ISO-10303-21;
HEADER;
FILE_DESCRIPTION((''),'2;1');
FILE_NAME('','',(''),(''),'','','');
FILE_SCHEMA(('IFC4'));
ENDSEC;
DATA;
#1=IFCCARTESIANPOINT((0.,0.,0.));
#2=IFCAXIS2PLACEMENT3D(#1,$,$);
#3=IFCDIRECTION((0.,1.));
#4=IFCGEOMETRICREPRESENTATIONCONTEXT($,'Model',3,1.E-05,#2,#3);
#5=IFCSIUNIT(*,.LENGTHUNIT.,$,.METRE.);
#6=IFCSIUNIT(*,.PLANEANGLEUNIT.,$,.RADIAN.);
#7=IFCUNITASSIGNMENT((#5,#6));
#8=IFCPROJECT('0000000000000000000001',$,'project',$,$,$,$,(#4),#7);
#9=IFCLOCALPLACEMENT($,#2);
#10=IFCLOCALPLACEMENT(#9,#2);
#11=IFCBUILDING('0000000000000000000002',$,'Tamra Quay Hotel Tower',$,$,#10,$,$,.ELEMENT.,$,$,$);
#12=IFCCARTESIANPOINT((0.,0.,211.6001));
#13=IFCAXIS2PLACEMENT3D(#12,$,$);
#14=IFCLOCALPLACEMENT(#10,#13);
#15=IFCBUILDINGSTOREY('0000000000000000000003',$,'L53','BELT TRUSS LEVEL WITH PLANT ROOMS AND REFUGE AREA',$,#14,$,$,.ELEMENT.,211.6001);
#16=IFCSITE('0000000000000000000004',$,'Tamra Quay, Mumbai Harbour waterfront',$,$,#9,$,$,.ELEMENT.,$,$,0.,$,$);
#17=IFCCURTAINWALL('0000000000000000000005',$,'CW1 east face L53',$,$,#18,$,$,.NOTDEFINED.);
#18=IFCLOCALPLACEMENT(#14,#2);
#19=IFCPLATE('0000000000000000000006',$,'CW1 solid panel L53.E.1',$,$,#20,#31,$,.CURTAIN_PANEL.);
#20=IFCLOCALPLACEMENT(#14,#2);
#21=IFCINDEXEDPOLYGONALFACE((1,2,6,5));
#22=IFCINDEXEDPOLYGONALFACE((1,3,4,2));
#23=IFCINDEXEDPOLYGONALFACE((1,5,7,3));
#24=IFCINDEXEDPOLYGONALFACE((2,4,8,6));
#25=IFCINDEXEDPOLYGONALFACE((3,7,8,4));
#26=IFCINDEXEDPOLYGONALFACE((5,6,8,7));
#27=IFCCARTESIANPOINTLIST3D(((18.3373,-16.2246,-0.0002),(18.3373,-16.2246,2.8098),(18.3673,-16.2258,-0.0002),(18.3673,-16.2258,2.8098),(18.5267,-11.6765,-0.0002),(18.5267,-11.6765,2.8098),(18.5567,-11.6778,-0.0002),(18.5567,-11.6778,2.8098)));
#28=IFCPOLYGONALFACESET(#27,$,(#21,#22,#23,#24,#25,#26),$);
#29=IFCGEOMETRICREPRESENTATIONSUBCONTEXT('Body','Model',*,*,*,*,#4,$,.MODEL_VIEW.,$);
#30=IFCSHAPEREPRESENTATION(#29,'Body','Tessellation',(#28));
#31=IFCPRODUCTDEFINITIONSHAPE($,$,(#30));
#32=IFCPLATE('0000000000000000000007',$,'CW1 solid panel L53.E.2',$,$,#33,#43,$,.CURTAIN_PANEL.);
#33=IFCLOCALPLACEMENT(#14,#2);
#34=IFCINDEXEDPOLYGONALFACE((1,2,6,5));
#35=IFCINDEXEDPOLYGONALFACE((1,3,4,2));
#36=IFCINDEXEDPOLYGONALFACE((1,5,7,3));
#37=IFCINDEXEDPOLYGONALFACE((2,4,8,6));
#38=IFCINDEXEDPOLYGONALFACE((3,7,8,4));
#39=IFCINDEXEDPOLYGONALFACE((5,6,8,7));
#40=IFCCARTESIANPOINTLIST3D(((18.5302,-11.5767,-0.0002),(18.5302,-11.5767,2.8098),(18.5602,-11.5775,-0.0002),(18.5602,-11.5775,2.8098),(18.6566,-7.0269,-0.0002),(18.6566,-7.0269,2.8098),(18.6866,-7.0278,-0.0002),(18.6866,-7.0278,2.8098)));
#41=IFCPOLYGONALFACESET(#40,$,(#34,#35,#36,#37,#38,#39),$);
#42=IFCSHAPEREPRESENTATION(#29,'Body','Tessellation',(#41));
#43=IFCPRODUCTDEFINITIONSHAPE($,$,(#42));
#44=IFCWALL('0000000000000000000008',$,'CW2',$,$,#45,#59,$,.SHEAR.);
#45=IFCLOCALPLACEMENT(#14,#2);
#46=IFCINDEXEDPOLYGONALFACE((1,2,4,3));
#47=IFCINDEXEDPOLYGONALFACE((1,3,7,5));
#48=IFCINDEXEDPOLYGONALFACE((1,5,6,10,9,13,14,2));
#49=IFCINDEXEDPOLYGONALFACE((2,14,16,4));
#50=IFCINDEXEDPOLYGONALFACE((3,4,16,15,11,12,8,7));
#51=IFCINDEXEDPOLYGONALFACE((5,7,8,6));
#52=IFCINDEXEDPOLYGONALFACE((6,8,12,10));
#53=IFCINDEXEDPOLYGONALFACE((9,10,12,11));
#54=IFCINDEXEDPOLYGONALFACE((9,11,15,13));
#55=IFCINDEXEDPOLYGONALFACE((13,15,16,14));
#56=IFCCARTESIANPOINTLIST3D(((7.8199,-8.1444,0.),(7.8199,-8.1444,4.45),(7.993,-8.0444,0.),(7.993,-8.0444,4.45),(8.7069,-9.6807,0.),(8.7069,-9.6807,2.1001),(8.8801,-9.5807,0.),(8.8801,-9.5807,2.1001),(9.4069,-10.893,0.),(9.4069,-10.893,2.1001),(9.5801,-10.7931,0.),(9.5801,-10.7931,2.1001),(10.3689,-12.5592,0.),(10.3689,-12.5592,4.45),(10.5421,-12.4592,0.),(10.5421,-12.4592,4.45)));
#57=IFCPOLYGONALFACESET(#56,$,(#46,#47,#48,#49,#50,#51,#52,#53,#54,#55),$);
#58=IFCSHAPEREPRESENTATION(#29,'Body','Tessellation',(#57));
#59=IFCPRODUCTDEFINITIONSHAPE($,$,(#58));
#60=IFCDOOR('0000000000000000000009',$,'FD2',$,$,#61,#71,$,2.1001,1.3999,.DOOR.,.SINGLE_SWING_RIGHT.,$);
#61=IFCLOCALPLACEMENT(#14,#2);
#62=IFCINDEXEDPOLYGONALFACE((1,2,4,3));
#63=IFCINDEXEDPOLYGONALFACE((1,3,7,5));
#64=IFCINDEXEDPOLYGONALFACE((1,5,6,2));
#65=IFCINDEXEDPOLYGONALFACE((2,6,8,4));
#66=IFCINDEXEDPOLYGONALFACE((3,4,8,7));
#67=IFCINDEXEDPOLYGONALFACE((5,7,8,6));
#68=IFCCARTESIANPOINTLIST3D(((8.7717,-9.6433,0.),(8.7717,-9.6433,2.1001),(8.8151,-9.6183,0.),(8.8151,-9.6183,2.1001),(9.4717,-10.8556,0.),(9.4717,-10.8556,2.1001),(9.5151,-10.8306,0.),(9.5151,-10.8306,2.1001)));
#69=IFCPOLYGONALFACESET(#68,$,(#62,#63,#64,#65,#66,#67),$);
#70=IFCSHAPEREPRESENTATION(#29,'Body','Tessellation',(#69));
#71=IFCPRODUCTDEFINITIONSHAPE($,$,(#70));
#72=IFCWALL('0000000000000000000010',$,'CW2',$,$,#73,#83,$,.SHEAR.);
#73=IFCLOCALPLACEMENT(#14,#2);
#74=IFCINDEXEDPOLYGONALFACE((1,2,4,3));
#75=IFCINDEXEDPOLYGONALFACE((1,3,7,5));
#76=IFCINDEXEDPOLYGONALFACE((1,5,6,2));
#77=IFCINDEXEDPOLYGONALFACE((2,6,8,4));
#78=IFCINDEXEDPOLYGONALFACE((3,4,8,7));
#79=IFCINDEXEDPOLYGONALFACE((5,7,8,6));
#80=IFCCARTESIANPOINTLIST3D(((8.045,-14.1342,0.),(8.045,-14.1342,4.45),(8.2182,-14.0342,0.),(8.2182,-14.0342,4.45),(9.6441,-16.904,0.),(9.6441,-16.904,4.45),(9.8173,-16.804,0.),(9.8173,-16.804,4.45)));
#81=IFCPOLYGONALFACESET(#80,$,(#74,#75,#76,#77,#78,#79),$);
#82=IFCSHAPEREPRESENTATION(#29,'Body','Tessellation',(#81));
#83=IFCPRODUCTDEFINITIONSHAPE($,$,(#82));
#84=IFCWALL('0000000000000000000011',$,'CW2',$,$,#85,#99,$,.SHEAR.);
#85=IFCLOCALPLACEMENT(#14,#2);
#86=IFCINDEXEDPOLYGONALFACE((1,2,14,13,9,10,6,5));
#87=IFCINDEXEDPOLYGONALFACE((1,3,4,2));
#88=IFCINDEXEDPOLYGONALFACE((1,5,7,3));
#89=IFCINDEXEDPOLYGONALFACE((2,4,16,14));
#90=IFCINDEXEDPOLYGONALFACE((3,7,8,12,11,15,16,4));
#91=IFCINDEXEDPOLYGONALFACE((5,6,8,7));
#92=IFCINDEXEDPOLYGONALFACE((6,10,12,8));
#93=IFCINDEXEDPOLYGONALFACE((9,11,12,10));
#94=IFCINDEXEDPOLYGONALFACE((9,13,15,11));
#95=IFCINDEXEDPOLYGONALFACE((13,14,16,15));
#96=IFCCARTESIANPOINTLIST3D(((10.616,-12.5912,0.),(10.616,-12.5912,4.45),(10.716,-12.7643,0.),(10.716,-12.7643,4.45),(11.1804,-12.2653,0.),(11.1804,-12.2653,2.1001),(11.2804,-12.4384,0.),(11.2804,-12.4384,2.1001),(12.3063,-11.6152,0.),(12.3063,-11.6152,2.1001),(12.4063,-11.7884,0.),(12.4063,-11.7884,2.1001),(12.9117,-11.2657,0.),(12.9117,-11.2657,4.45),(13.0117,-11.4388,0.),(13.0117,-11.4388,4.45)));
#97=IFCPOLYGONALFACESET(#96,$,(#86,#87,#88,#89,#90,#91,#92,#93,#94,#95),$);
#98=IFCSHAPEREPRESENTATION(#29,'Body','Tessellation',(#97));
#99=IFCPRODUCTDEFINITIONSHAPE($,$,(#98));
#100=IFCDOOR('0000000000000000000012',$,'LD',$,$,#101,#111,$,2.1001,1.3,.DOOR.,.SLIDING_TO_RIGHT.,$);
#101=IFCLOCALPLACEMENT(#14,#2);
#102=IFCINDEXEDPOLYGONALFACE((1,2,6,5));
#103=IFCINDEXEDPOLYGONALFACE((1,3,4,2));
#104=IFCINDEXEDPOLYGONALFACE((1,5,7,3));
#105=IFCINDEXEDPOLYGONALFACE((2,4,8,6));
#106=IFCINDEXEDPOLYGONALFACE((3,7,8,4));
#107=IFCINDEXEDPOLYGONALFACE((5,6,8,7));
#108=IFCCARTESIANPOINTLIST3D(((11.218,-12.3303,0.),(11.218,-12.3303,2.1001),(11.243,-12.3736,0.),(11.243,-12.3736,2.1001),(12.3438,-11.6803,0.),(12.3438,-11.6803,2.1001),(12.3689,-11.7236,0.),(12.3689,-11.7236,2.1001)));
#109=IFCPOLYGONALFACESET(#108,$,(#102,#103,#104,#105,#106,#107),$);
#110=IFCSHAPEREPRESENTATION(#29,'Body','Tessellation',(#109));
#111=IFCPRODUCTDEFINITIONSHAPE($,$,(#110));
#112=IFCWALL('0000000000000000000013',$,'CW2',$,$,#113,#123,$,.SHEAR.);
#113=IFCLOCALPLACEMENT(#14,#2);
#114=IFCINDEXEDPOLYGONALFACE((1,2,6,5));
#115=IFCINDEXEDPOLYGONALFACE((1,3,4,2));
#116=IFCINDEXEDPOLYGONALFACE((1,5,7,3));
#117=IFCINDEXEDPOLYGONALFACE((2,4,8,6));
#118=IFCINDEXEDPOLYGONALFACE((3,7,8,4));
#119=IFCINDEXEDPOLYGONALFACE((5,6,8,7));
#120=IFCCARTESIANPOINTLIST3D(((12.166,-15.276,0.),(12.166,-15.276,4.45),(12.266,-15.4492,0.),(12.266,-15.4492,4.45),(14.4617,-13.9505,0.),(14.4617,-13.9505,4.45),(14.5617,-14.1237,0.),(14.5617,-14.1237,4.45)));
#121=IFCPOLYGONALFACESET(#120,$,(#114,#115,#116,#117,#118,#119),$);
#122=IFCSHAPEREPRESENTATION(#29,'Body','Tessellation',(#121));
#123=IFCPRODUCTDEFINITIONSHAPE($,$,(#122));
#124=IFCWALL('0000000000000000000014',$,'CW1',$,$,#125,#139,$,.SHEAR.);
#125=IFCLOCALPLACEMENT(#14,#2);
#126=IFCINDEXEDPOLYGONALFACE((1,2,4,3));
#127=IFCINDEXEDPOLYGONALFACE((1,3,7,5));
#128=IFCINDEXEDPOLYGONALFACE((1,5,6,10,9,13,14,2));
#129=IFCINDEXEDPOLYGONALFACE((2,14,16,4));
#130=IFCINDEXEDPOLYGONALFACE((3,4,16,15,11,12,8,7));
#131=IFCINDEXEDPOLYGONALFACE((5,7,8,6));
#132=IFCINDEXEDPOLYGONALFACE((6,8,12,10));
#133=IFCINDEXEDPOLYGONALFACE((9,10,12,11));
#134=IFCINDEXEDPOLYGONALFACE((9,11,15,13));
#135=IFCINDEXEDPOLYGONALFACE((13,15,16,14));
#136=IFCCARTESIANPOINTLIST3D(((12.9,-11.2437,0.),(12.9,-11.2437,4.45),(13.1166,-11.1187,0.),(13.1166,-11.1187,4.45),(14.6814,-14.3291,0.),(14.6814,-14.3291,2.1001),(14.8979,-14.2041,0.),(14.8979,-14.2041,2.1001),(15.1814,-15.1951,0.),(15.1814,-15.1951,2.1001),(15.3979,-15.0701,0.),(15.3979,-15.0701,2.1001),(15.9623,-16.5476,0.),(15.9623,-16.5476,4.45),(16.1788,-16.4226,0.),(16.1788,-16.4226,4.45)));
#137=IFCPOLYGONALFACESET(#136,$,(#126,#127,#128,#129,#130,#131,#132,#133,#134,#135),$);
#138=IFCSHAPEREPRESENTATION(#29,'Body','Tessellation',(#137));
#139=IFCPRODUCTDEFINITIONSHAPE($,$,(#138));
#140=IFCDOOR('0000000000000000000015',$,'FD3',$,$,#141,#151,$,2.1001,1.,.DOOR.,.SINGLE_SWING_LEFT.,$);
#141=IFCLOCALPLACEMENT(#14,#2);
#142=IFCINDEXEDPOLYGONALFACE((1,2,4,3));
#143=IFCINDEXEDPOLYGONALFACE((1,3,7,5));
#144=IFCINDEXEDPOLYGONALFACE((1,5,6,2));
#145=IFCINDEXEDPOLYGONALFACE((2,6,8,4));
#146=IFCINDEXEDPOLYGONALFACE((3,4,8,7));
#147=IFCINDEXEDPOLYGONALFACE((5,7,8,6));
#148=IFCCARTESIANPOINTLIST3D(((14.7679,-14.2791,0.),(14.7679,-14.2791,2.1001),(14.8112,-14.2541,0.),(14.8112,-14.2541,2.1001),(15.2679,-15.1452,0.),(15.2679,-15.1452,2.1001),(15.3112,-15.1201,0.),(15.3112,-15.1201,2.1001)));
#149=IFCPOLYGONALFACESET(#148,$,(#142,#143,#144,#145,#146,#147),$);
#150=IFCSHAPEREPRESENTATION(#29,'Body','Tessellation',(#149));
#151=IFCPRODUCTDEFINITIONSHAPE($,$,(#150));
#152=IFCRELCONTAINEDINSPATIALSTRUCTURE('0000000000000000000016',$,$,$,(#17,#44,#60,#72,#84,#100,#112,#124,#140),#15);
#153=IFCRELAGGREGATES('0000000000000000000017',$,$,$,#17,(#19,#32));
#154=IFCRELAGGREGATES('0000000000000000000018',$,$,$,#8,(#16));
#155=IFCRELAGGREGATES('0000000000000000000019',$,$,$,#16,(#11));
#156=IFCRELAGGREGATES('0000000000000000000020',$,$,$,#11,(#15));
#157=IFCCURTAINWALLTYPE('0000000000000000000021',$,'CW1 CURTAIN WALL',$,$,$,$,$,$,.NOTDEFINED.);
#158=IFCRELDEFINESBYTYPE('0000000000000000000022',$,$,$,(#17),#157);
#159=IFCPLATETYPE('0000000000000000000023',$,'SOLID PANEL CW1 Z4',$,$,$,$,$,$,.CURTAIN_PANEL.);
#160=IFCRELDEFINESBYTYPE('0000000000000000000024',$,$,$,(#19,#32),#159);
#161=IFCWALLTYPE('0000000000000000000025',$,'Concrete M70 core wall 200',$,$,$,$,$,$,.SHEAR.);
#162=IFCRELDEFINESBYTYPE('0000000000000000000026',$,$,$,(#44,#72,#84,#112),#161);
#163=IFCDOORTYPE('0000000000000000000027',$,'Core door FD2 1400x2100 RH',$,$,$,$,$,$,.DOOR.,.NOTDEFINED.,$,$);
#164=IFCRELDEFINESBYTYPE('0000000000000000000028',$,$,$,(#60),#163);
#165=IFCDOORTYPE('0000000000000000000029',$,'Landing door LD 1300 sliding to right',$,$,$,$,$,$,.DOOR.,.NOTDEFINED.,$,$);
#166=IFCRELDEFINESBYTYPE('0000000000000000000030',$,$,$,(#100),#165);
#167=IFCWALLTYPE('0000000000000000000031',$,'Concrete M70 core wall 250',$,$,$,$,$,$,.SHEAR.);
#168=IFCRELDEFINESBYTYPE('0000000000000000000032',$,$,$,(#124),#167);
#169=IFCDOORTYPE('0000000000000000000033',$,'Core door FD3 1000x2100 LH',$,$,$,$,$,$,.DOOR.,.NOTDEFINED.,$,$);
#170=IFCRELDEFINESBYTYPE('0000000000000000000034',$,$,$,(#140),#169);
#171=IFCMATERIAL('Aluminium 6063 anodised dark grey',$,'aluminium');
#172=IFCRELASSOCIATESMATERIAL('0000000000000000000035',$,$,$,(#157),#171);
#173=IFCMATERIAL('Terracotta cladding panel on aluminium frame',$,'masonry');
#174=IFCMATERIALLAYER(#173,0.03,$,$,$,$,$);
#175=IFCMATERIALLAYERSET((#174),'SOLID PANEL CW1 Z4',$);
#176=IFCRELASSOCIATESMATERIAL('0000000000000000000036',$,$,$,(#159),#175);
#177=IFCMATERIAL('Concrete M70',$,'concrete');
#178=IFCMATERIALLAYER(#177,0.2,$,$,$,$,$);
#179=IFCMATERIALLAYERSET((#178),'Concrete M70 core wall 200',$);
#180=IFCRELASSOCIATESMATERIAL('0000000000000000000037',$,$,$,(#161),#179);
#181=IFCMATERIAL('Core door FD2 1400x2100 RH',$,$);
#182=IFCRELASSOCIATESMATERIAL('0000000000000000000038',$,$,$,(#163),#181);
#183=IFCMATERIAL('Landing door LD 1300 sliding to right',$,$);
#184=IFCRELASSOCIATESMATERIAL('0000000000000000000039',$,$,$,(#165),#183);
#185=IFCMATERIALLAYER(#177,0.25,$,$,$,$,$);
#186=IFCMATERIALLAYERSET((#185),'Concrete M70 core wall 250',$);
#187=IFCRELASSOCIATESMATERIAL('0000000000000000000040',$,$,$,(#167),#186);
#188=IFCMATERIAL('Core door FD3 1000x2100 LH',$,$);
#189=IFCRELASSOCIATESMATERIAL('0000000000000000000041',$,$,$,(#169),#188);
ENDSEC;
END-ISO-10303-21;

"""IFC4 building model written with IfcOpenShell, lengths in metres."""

from ifc_helpers import new_model, si_unit, direction, frame, frame_2d, origin, origin_2d, place, context, subcontext, project, spatial, rectangle, extrude, material, layer, layer_set, type_object, element, fill, aggregate, save


model = new_model("IFC4")

# Units and contexts
model_context = context("Model", 3, precision=1e-05, world=origin(), true_north=direction((0.0, 1.0)))
body_context = subcontext(model_context, "Body", "Model", "MODEL_VIEW")
ifc_project = project(units=[si_unit("LENGTHUNIT", "METRE"), si_unit("PLANEANGLEUNIT", "RADIAN")], contexts=[model_context])

# Site, building, storey
site_placement = place(None, origin())
site = spatial("IfcSite", under=ifc_project, at=site_placement, Name="Tamra Quay, Mumbai Harbour waterfront", CompositionType="ELEMENT", RefElevation=0.0)
building_placement = place(site_placement, origin())
building = spatial("IfcBuilding", under=site, at=building_placement, Name="Tamra Quay Hotel Tower", CompositionType="ELEMENT")
storey_placement = place(building_placement, frame((0.0, 0.0, 211.6001)))
storey = spatial("IfcBuildingStorey", under=building, at=storey_placement, Name="L53", Description="BELT TRUSS LEVEL WITH PLANT ROOMS AND REFUGE AREA", CompositionType="ELEMENT", Elevation=211.6001)

# Curtain wall
ifc_material_1 = material(Name="Aluminium 6063 anodised dark grey", Category="aluminium")
curtain_wall_type = type_object("IfcCurtainWallType", Name="CW1 CURTAIN WALL", PredefinedType="NOTDEFINED", material=ifc_material_1)
curtain_wall_placement = place(storey_placement, origin())
curtain_wall = element("IfcCurtainWall", 1, at=curtain_wall_placement, inside=storey, type_object=curtain_wall_type, Name="CW1 east face L53", PredefinedType="NOTDEFINED")

# Plates
ifc_material_2 = material(Name="Terracotta cladding panel on aluminium frame", Category="masonry")
ifc_layer_1 = layer(ifc_material_2, 0.03)
ifc_layer_set_1 = layer_set([ifc_layer_1], Name="SOLID PANEL CW1 Z4")
plate_type_1 = type_object("IfcPlateType", Name="SOLID PANEL CW1 Z4", PredefinedType="CURTAIN_PANEL", material=ifc_layer_set_1)
plate_1_placement = place(storey_placement, frame((18.447, -13.9512, -0.0002), z_axis=(0.0, 0.0, 1.0), x_axis=(0.0416, 0.999134, 0.0)))
plate_1 = element("IfcPlate", 2, at=plate_1_placement, type_object=plate_type_1, Name="CW1 solid panel L53.E.1", PredefinedType="CURTAIN_PANEL", context=body_context, shape_type="SweptSolid", body=[
    extrude(rectangle(XDim=4.552, YDim=0.03, at=origin_2d()), origin(), (0.0, 0.0, 1.0), 2.8101),
])
plate_2_placement = place(storey_placement, frame((18.6084, -9.3022, -0.0002), z_axis=(0.0, 0.0, 1.0), x_axis=(0.027754, 0.999615, 0.0)))
plate_2 = element("IfcPlate", 3, at=plate_2_placement, type_object=plate_type_1, Name="CW1 solid panel L53.E.2", PredefinedType="CURTAIN_PANEL", context=body_context, shape_type="SweptSolid", body=[
    extrude(rectangle(XDim=4.5515, YDim=0.03, at=origin_2d()), origin(), (0.0, 0.0, 1.0), 2.8101),
])
aggregate(curtain_wall, [plate_1, plate_2])

# Wall, opening, door
ifc_material_3 = material(Name="Concrete M70", Category="concrete")
ifc_layer_2 = layer(ifc_material_3, 0.2)
ifc_layer_set_2 = layer_set([ifc_layer_2], Name="Concrete M70 core wall 200")
wall_type_1 = type_object("IfcWallType", Name="Concrete M70 core wall 200", PredefinedType="SHEAR", material=ifc_layer_set_2)
wall_1_placement = place(storey_placement, frame((7.9065, -8.0945, 0.0), z_axis=(0.0, 0.0, 1.0), x_axis=(0.500028, -0.866009, 0.0)))
wall_1 = element("IfcWall", 4, at=wall_1_placement, inside=storey, type_object=wall_type_1, Name="CW2", PredefinedType="SHEAR", context=body_context, shape_type="SweptSolid", body=[
    extrude(rectangle(XDim=5.0979, YDim=0.2, at=frame_2d((2.5488, 0.0))), origin(), (0.0, 0.0, 1.0), 4.45),
])
opening_1_placement = place(wall_1_placement, frame((1.7739, 0.0, 0.0)))
opening_1 = element("IfcOpeningElement", 5, at=opening_1_placement, cuts=wall_1, PredefinedType="OPENING", context=body_context, shape_type="SweptSolid", body=[
    extrude(rectangle(XDim=1.3999, YDim=2.1001, at=frame_2d((0.7, 1.05))), frame((0.0, 0.1099, 0.0), z_axis=(0.0, -1.0, 0.0), x_axis=(1.0, 0.0, 0.0)), (0.0, 0.0, 1.0), 0.22),
])
ifc_material_4 = material(Name="Core door FD2 1400x2100 RH")
door_type_1 = type_object("IfcDoorType", Name="Core door FD2 1400x2100 RH", OperationType="NOTDEFINED", PredefinedType="DOOR", material=ifc_material_4)
door_1_placement = place(opening_1_placement, origin())
door_1 = element("IfcDoor", 6, at=door_1_placement, inside=storey, type_object=door_type_1, Name="FD2", OperationType="SINGLE_SWING_RIGHT", OverallHeight=2.1001, OverallWidth=1.3999, PredefinedType="DOOR", context=body_context, shape_type="SweptSolid", body=[
    extrude(rectangle(XDim=1.3999, YDim=2.1001, at=frame_2d((0.7, 1.05))), frame((0.0, 0.0249, 0.0), z_axis=(0.0, -1.0, 0.0), x_axis=(1.0, 0.0, 0.0)), (0.0, 0.0, 1.0), 0.05),
])
fill(opening_1, door_1)

# Wall
wall_2_placement = place(storey_placement, frame((8.1316, -14.0842, 0.0), z_axis=(0.0, 0.0, 1.0), x_axis=(0.499998, -0.866027, 0.0)))
element("IfcWall", 7, at=wall_2_placement, inside=storey, type_object=wall_type_1, Name="CW2", PredefinedType="SHEAR", context=body_context, shape_type="SweptSolid", body=[
    extrude(rectangle(XDim=3.1982, YDim=0.2, at=frame_2d((1.5991, 0.0))), origin(), (0.0, 0.0, 1.0), 4.45),
])

# Wall, opening, door
wall_3_placement = place(storey_placement, frame((10.666, -12.6777, 0.0), z_axis=(0.0, 0.0, 1.0), x_axis=(0.866018, 0.500012, 0.0)))
wall_3 = element("IfcWall", 8, at=wall_3_placement, inside=storey, type_object=wall_type_1, Name="CW2", PredefinedType="SHEAR", context=body_context, shape_type="SweptSolid", body=[
    extrude(rectangle(XDim=2.6509, YDim=0.2, at=frame_2d((1.3254, 0.0))), origin(), (0.0, 0.0, 1.0), 4.45),
])
opening_2_placement = place(wall_3_placement, frame((0.6519, 0.0, 0.0)))
opening_2 = element("IfcOpeningElement", 9, at=opening_2_placement, cuts=wall_3, PredefinedType="OPENING", context=body_context, shape_type="SweptSolid", body=[
    extrude(rectangle(XDim=1.3, YDim=2.1001, at=frame_2d((0.6499, 1.05))), frame((0.0, 0.1099, 0.0), z_axis=(0.0, -1.0, 0.0), x_axis=(1.0, 0.0, 0.0)), (0.0, 0.0, 1.0), 0.22),
])
ifc_material_5 = material(Name="Landing door LD 1300 sliding to right")
door_type_2 = type_object("IfcDoorType", Name="Landing door LD 1300 sliding to right", OperationType="NOTDEFINED", PredefinedType="DOOR", material=ifc_material_5)
door_2_placement = place(opening_2_placement, origin())
door_2 = element("IfcDoor", 10, at=door_2_placement, inside=storey, type_object=door_type_2, Name="LD", OperationType="SLIDING_TO_RIGHT", OverallHeight=2.1001, OverallWidth=1.3, PredefinedType="DOOR", context=body_context, shape_type="SweptSolid", body=[
    extrude(rectangle(XDim=1.3, YDim=2.1001, at=frame_2d((0.6499, 1.05))), frame((0.0, 0.0249, 0.0), z_axis=(0.0, -1.0, 0.0), x_axis=(1.0, 0.0, 0.0)), (0.0, 0.0, 1.0), 0.05),
])
fill(opening_2, door_2)

# Wall
wall_4_placement = place(storey_placement, frame((14.5117, -14.0371, 0.0), z_axis=(0.0, 0.0, 1.0), x_axis=(-0.866018, -0.500012, 0.0)))
element("IfcWall", 11, at=wall_4_placement, inside=storey, type_object=wall_type_1, Name="CW2", PredefinedType="SHEAR", context=body_context, shape_type="SweptSolid", body=[
    extrude(rectangle(XDim=2.6509, YDim=0.2, at=frame_2d((1.3254, 0.0))), origin(), (0.0, 0.0, 1.0), 4.45),
])

# Wall, opening, door
ifc_layer_3 = layer(ifc_material_3, 0.25)
ifc_layer_set_3 = layer_set([ifc_layer_3], Name="Concrete M70 core wall 250")
wall_type_2 = type_object("IfcWallType", Name="Concrete M70 core wall 250", PredefinedType="SHEAR", material=ifc_layer_set_3)
wall_5_placement = place(storey_placement, frame((13.0083, -11.1812, 0.0), z_axis=(0.0, 0.0, 1.0), x_axis=(0.500002, -0.866024, 0.0)))
wall_5 = element("IfcWall", 12, at=wall_5_placement, inside=storey, type_object=wall_type_2, Name="CW1", PredefinedType="SHEAR", context=body_context, shape_type="SweptSolid", body=[
    extrude(rectangle(XDim=6.1245, YDim=0.25, at=frame_2d((3.0623, 0.0))), origin(), (0.0, 0.0, 1.0), 4.45),
])
opening_3_placement = place(wall_5_placement, frame((3.5627, 0.0, 0.0)))
opening_3 = element("IfcOpeningElement", 13, at=opening_3_placement, cuts=wall_5, PredefinedType="OPENING", context=body_context, shape_type="SweptSolid", body=[
    extrude(rectangle(XDim=1.0, YDim=2.1001, at=frame_2d((0.5, 1.05))), frame((0.0, 0.135, 0.0), z_axis=(0.0, -1.0, 0.0), x_axis=(1.0, 0.0, 0.0)), (0.0, 0.0, 1.0), 0.27),
])
ifc_material_6 = material(Name="Core door FD3 1000x2100 LH")
door_type_3 = type_object("IfcDoorType", Name="Core door FD3 1000x2100 LH", OperationType="NOTDEFINED", PredefinedType="DOOR", material=ifc_material_6)
door_3_placement = place(opening_3_placement, origin())
door_3 = element("IfcDoor", 14, at=door_3_placement, inside=storey, type_object=door_type_3, Name="FD3", OperationType="SINGLE_SWING_LEFT", OverallHeight=2.1001, OverallWidth=1.0, PredefinedType="DOOR", context=body_context, shape_type="SweptSolid", body=[
    extrude(rectangle(XDim=1.0, YDim=2.1001, at=frame_2d((0.5, 1.05))), frame((0.0, 0.0249, 0.0), z_axis=(0.0, -1.0, 0.0), x_axis=(1.0, 0.0, 0.0)), (0.0, 0.0, 1.0), 0.05),
])
fill(opening_3, door_3)

save(model, "model.ifc")
